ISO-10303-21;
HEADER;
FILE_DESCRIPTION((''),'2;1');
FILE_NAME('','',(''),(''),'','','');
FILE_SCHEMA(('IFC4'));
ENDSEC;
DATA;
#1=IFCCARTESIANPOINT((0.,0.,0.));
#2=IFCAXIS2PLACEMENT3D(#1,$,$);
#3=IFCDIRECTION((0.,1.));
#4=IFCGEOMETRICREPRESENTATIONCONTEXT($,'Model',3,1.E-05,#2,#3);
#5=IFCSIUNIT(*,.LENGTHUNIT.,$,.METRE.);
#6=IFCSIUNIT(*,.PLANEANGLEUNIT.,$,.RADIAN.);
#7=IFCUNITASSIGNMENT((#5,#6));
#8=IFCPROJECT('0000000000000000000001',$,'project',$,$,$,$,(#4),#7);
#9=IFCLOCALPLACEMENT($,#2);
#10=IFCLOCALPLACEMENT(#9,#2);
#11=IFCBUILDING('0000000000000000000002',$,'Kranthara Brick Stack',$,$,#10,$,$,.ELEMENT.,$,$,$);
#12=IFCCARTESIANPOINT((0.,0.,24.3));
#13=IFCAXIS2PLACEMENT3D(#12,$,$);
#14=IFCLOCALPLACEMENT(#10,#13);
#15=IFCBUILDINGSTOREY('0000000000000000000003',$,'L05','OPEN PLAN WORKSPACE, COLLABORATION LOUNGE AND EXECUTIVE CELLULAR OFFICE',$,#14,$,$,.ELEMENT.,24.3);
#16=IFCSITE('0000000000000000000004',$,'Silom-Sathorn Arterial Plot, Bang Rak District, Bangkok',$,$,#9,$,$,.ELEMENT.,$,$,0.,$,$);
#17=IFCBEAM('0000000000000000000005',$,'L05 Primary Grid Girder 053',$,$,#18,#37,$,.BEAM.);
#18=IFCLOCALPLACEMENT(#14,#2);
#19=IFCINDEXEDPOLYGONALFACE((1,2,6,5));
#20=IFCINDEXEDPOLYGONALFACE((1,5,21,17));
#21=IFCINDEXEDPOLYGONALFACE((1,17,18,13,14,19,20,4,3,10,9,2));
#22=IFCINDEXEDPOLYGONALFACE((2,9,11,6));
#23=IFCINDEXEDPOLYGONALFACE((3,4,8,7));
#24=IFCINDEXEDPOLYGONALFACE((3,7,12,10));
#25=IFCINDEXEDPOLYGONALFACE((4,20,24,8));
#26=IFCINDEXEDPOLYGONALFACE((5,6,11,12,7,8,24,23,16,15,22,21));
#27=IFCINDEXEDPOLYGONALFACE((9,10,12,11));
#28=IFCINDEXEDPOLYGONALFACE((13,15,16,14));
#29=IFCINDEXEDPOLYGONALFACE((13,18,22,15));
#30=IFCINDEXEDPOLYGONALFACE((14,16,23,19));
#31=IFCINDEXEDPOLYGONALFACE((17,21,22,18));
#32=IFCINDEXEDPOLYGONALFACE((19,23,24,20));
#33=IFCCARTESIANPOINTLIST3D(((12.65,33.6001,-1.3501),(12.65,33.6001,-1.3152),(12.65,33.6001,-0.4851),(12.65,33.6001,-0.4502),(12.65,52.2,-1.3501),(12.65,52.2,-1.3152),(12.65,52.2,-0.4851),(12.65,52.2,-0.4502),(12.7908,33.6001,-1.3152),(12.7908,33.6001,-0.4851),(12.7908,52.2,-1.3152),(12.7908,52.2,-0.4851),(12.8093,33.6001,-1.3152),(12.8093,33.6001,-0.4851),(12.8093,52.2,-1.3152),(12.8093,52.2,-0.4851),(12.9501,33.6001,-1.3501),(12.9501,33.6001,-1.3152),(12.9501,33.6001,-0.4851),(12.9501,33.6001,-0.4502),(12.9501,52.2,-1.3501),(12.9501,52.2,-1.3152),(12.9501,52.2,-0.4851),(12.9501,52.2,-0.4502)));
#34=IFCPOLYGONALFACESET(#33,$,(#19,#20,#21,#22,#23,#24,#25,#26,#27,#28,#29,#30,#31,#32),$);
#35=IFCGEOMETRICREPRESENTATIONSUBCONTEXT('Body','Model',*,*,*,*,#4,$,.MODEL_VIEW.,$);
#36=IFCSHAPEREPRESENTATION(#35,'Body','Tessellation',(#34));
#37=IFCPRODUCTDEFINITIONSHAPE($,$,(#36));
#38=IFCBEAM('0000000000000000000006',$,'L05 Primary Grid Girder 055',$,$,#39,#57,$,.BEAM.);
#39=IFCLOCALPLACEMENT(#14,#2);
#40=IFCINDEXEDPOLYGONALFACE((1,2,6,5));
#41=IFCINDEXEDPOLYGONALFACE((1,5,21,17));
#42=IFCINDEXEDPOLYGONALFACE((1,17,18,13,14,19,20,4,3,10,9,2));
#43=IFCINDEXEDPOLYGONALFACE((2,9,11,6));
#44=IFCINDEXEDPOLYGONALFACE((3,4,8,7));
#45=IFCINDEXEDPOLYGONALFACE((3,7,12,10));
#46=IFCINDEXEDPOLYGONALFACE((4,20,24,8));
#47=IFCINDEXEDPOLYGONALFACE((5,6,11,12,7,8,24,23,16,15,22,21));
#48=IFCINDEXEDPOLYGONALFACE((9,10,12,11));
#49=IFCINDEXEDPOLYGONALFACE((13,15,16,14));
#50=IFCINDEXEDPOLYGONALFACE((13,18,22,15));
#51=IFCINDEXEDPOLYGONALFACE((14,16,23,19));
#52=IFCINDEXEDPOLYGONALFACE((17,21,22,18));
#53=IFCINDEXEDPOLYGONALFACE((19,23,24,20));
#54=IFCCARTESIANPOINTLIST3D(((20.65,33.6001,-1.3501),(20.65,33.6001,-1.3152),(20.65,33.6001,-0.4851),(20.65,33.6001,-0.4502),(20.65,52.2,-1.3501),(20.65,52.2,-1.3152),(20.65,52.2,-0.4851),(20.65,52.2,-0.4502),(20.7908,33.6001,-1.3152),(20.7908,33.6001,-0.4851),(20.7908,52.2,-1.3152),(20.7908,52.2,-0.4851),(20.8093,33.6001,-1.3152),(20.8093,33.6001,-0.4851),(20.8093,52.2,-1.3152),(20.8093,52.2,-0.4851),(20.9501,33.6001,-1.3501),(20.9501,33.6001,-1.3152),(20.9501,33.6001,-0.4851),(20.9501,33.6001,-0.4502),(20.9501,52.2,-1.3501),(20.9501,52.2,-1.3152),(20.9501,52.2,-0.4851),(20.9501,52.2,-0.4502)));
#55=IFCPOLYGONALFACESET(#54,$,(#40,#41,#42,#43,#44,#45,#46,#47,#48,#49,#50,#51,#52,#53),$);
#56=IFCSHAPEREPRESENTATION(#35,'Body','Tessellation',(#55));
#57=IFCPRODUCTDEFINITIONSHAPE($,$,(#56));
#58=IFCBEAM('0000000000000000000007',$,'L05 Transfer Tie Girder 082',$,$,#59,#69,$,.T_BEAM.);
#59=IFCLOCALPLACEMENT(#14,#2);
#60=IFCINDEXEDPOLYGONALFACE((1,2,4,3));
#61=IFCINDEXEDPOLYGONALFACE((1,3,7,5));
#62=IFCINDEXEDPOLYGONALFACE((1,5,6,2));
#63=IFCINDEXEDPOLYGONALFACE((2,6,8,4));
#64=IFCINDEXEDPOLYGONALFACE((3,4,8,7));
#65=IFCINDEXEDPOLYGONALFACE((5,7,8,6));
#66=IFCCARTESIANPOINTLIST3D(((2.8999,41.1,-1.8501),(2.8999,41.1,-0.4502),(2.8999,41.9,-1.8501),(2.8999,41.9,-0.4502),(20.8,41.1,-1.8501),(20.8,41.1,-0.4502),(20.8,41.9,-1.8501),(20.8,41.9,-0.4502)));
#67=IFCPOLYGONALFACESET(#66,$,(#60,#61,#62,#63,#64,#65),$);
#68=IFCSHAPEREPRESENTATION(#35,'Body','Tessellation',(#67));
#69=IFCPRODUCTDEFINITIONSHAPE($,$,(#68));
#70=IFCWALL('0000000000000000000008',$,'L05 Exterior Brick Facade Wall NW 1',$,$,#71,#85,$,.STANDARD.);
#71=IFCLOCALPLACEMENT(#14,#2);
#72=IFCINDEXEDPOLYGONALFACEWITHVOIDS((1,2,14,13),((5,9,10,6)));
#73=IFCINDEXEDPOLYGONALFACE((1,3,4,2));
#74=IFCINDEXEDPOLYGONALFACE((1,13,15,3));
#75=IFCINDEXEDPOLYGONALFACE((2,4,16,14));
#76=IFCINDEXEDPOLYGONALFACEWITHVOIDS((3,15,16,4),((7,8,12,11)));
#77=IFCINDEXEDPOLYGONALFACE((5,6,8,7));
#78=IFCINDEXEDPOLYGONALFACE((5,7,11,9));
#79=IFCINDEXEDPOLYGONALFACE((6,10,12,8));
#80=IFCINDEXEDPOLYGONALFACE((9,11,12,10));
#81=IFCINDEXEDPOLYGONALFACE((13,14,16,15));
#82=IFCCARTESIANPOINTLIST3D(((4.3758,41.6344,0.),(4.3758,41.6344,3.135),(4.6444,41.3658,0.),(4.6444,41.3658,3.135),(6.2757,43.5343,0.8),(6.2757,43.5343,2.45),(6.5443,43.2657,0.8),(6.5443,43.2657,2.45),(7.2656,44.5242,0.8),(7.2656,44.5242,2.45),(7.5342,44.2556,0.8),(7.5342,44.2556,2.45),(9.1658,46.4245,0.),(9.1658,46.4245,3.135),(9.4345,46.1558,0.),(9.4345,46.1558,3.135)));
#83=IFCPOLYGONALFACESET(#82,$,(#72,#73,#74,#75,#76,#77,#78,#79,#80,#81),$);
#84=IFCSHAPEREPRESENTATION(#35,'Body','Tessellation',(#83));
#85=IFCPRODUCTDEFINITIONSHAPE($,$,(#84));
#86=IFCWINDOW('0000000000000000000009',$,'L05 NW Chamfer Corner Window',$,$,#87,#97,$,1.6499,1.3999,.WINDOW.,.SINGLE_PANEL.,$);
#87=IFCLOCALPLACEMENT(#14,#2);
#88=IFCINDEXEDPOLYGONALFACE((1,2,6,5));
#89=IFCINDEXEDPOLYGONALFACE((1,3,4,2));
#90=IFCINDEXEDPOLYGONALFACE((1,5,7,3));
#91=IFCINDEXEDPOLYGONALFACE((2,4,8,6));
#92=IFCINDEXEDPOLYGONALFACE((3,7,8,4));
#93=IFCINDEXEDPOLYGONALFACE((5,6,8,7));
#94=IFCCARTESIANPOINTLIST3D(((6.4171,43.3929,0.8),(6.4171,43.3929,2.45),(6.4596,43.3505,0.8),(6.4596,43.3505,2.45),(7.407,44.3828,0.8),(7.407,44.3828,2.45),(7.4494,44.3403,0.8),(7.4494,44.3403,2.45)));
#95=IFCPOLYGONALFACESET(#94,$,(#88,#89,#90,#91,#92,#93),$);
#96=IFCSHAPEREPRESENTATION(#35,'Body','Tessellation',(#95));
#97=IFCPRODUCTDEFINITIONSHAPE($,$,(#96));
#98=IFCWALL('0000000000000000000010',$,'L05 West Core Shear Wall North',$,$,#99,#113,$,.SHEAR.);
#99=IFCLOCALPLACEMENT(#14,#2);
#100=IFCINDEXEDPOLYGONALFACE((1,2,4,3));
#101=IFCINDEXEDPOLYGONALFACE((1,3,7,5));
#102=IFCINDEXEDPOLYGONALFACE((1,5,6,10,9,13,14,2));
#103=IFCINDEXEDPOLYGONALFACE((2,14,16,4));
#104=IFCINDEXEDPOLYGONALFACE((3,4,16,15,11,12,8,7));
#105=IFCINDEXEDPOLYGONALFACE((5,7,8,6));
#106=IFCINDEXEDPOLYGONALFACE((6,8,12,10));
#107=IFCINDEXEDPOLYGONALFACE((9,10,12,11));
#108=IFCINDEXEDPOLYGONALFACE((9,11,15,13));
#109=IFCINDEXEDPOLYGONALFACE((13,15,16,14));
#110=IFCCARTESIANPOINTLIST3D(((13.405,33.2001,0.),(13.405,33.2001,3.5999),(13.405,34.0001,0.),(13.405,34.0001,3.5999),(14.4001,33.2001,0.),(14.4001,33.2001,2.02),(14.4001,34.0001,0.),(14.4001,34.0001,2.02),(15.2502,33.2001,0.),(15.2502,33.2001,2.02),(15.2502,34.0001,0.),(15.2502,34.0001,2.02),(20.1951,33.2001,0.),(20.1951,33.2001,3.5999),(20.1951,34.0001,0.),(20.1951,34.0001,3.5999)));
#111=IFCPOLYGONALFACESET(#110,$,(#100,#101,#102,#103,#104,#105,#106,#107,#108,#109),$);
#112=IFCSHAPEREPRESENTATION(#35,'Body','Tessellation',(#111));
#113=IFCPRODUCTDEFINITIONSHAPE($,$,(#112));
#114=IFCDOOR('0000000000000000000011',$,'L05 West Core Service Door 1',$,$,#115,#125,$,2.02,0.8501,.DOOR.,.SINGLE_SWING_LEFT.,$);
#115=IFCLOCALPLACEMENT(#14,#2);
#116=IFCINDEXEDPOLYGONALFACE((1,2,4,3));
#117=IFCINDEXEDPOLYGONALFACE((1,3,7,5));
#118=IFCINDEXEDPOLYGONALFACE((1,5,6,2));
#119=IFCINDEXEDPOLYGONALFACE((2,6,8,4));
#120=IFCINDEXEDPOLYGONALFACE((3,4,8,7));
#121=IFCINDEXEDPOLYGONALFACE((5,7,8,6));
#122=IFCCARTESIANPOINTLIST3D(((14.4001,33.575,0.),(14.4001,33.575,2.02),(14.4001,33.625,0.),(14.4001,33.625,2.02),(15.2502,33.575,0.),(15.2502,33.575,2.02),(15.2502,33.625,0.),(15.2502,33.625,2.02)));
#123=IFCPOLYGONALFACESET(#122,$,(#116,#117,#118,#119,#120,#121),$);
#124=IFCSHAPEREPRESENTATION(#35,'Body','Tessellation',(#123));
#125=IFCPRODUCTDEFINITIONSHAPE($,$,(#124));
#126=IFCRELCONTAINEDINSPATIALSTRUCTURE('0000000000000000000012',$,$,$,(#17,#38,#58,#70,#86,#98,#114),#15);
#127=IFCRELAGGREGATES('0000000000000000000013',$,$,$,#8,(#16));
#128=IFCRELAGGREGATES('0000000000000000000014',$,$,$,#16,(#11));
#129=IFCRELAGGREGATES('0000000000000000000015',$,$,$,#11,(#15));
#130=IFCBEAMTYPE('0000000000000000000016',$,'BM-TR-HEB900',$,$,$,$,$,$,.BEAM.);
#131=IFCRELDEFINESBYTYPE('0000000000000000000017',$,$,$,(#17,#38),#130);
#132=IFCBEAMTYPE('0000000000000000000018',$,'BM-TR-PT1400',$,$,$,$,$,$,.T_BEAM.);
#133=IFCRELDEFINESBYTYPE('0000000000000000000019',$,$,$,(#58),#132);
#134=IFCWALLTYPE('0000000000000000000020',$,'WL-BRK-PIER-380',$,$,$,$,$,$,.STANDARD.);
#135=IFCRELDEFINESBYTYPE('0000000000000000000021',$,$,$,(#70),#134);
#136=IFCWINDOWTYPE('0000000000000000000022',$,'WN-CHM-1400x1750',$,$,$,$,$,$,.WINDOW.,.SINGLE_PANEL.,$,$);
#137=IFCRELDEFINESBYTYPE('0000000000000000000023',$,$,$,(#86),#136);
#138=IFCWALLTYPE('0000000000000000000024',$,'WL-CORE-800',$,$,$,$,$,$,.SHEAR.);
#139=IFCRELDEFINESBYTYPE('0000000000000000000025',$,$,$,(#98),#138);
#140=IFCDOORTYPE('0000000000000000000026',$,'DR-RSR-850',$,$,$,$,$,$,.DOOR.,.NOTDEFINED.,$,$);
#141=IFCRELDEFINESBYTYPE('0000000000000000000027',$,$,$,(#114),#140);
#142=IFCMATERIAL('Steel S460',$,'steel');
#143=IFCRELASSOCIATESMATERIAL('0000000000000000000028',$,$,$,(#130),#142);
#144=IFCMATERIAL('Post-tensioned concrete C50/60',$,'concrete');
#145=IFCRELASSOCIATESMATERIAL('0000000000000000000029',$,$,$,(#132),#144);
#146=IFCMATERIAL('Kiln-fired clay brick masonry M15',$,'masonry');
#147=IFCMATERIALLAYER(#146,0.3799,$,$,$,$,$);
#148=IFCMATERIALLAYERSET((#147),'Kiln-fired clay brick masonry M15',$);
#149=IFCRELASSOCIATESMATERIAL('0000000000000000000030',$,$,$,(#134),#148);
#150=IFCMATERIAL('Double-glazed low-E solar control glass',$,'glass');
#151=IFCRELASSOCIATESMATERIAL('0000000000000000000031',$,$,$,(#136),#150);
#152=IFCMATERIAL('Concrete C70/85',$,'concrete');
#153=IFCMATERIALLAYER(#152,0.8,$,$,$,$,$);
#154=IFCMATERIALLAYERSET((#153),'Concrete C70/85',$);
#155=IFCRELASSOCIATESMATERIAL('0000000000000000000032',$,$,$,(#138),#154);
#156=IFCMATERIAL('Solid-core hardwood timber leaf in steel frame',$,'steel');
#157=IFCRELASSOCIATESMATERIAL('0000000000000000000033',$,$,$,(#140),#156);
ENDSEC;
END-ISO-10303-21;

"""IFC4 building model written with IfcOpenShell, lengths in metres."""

from ifc_helpers import new_model, si_unit, direction, frame, frame_2d, origin, origin_2d, place, context, subcontext, project, spatial, rectangle, i_section, extrude, material, layer, layer_set, material_profile, profile_set, type_object, element, fill, save


model = new_model("IFC4")

# Units and contexts
model_context = context("Model", 3, precision=1e-05, world=origin(), true_north=direction((0.0, 1.0)))
body_context = subcontext(model_context, "Body", "Model", "MODEL_VIEW")
ifc_project = project(units=[si_unit("LENGTHUNIT", "METRE"), si_unit("PLANEANGLEUNIT", "RADIAN")], contexts=[model_context])

# Site, building, storey
site_placement = place(None, origin())
site = spatial("IfcSite", under=ifc_project, at=site_placement, Name="Silom-Sathorn Arterial Plot, Bang Rak District, Bangkok", CompositionType="ELEMENT", RefElevation=0.0)
building_placement = place(site_placement, origin())
building = spatial("IfcBuilding", under=site, at=building_placement, Name="Kranthara Brick Stack", CompositionType="ELEMENT")
storey_placement = place(building_placement, frame((0.0, 0.0, 24.3)))
storey = spatial("IfcBuildingStorey", under=building, at=storey_placement, Name="L05", Description="OPEN PLAN WORKSPACE, COLLABORATION LOUNGE AND EXECUTIVE CELLULAR OFFICE", CompositionType="ELEMENT", Elevation=24.3)

# Beams
ifc_material_1 = material(Name="Steel S460", Category="steel")
ifc_material_profile_1 = material_profile(ifc_material_1, i_section(OverallWidth=0.3, OverallDepth=0.8999, WebThickness=0.0186, FlangeThickness=0.0349, at=origin_2d()), Name="HEB 900")
ifc_profile_set_1 = profile_set([ifc_material_profile_1], Name="Steel S460")
beam_type_1 = type_object("IfcBeamType", Name="BM-TR-HEB900", PredefinedType="BEAM", material=ifc_profile_set_1)
for number, where, z_axis, x_axis, name in (
    (1, (12.8, 33.6001, -0.9001), (0.0, 1.0, 0.0), (-1.0, 0.0, 0.0), "L05 Primary Grid Girder 053"),
    (2, (20.8, 33.6001, -0.9001), (0.0, 1.0, 0.0), (-1.0, 0.0, 0.0), "L05 Primary Grid Girder 055"),
):
    element("IfcBeam", number, at=place(storey_placement, frame(where, z_axis=z_axis, x_axis=x_axis)), inside=storey, type_object=beam_type_1, Name=name, PredefinedType="BEAM", context=body_context, shape_type="SweptSolid", body=[
        extrude(i_section(OverallWidth=0.3, OverallDepth=0.8999, WebThickness=0.0186, FlangeThickness=0.0349, at=origin_2d()), origin(), (0.0, 0.0, 1.0), 18.5999),
    ])
ifc_material_2 = material(Name="Post-tensioned concrete C50/60", Category="concrete")
ifc_material_profile_2 = material_profile(ifc_material_2, rectangle(XDim=0.8, YDim=1.3999, at=origin_2d()), Name="PT 800x1400")
ifc_profile_set_2 = profile_set([ifc_material_profile_2], Name="Post-tensioned concrete C50/60")
beam_type_2 = type_object("IfcBeamType", Name="BM-TR-PT1400", PredefinedType="T_BEAM", material=ifc_profile_set_2)
beam_1_placement = place(storey_placement, frame((2.8999, 41.5, -1.1501), z_axis=(1.0, 0.0, 0.0), x_axis=(0.0, 1.0, 0.0)))
element("IfcBeam", 3, at=beam_1_placement, inside=storey, type_object=beam_type_2, Name="L05 Transfer Tie Girder 082", PredefinedType="T_BEAM", context=body_context, shape_type="SweptSolid", body=[
    extrude(rectangle(XDim=0.8, YDim=1.3999, at=origin_2d()), origin(), (0.0, 0.0, 1.0), 17.9001),
])

# Wall, opening, window
ifc_material_3 = material(Name="Kiln-fired clay brick masonry M15", Category="masonry")
ifc_layer_1 = layer(ifc_material_3, 0.3799)
ifc_layer_set_1 = layer_set([ifc_layer_1], Name="Kiln-fired clay brick masonry M15")
wall_type_1 = type_object("IfcWallType", Name="WL-BRK-PIER-380", PredefinedType="STANDARD", material=ifc_layer_set_1)
wall_1_placement = place(storey_placement, frame((4.51, 41.5, 0.0), z_axis=(0.0, 0.0, 1.0), x_axis=(0.707107, 0.707107, 0.0)))
wall_1 = element("IfcWall", 4, at=wall_1_placement, inside=storey, type_object=wall_type_1, Name="L05 Exterior Brick Facade Wall NW 1", PredefinedType="STANDARD", context=body_context, shape_type="SweptSolid", body=[
    extrude(rectangle(XDim=6.7742, YDim=0.3799, at=frame_2d((3.3872, 0.0))), origin(), (0.0, 0.0, 1.0), 3.135),
])
opening_1_placement = place(wall_1_placement, frame((2.687, 0.0, 0.8)))
opening_1 = element("IfcOpeningElement", 5, at=opening_1_placement, cuts=wall_1, PredefinedType="OPENING", context=body_context, shape_type="SweptSolid", body=[
    extrude(rectangle(XDim=1.3999, YDim=1.6499, at=frame_2d((0.7, 0.825))), frame((0.0, 0.2, 0.0), z_axis=(0.0, -1.0, 0.0), x_axis=(1.0, 0.0, 0.0)), (0.0, 0.0, 1.0), 0.3999),
])
ifc_material_4 = material(Name="Double-glazed low-E solar control glass", Category="glass")
window_type = type_object("IfcWindowType", Name="WN-CHM-1400x1750", PartitioningType="SINGLE_PANEL", PredefinedType="WINDOW", material=ifc_material_4)
window_placement = place(opening_1_placement, origin())
window = element("IfcWindow", 6, at=window_placement, inside=storey, type_object=window_type, Name="L05 NW Chamfer Corner Window", OverallHeight=1.6499, OverallWidth=1.3999, PartitioningType="SINGLE_PANEL", PredefinedType="WINDOW", context=body_context, shape_type="SweptSolid", body=[
    extrude(rectangle(XDim=1.3999, YDim=1.6499, at=frame_2d((0.7, 0.825))), frame((0.0, -0.01, 0.0), z_axis=(0.0, -1.0, 0.0), x_axis=(1.0, 0.0, 0.0)), (0.0, 0.0, 1.0), 0.0601),
])
fill(opening_1, window)

# Wall, opening, door
ifc_material_5 = material(Name="Concrete C70/85", Category="concrete")
ifc_layer_2 = layer(ifc_material_5, 0.8)
ifc_layer_set_2 = layer_set([ifc_layer_2], Name="Concrete C70/85")
wall_type_2 = type_object("IfcWallType", Name="WL-CORE-800", PredefinedType="SHEAR", material=ifc_layer_set_2)
wall_2_placement = place(storey_placement, frame((13.405, 33.6001, 0.0), z_axis=(0.0, 0.0, 1.0), x_axis=(1.0, 0.0, 0.0)))
wall_2 = element("IfcWall", 7, at=wall_2_placement, inside=storey, type_object=wall_type_2, Name="L05 West Core Shear Wall North", PredefinedType="SHEAR", context=body_context, shape_type="SweptSolid", body=[
    extrude(rectangle(XDim=6.79, YDim=0.8, at=frame_2d((3.395, 0.0))), origin(), (0.0, 0.0, 1.0), 3.5999),
])
opening_2_placement = place(wall_2_placement, frame((0.9951, 0.0, 0.0)))
opening_2 = element("IfcOpeningElement", 8, at=opening_2_placement, cuts=wall_2, PredefinedType="OPENING", context=body_context, shape_type="SweptSolid", body=[
    extrude(rectangle(XDim=0.8501, YDim=2.02, at=frame_2d((0.425, 1.01))), frame((0.0, 0.4099, 0.0), z_axis=(0.0, -1.0, 0.0), x_axis=(1.0, 0.0, 0.0)), (0.0, 0.0, 1.0), 0.8201),
])
ifc_material_6 = material(Name="Solid-core hardwood timber leaf in steel frame", Category="steel")
door_type_1 = type_object("IfcDoorType", Name="DR-RSR-850", OperationType="NOTDEFINED", PredefinedType="DOOR", material=ifc_material_6)
door_1_placement = place(opening_2_placement, origin())
door_1 = element("IfcDoor", 9, at=door_1_placement, inside=storey, type_object=door_type_1, Name="L05 West Core Service Door 1", OperationType="SINGLE_SWING_LEFT", OverallHeight=2.02, OverallWidth=0.8501, PredefinedType="DOOR", context=body_context, shape_type="SweptSolid", body=[
    extrude(rectangle(XDim=0.8501, YDim=2.02, at=frame_2d((0.425, 1.01))), frame((0.0, 0.0249, 0.0), z_axis=(0.0, -1.0, 0.0), x_axis=(1.0, 0.0, 0.0)), (0.0, 0.0, 1.0), 0.05),
])
fill(opening_2, door_1)

save(model, "model.ifc")
